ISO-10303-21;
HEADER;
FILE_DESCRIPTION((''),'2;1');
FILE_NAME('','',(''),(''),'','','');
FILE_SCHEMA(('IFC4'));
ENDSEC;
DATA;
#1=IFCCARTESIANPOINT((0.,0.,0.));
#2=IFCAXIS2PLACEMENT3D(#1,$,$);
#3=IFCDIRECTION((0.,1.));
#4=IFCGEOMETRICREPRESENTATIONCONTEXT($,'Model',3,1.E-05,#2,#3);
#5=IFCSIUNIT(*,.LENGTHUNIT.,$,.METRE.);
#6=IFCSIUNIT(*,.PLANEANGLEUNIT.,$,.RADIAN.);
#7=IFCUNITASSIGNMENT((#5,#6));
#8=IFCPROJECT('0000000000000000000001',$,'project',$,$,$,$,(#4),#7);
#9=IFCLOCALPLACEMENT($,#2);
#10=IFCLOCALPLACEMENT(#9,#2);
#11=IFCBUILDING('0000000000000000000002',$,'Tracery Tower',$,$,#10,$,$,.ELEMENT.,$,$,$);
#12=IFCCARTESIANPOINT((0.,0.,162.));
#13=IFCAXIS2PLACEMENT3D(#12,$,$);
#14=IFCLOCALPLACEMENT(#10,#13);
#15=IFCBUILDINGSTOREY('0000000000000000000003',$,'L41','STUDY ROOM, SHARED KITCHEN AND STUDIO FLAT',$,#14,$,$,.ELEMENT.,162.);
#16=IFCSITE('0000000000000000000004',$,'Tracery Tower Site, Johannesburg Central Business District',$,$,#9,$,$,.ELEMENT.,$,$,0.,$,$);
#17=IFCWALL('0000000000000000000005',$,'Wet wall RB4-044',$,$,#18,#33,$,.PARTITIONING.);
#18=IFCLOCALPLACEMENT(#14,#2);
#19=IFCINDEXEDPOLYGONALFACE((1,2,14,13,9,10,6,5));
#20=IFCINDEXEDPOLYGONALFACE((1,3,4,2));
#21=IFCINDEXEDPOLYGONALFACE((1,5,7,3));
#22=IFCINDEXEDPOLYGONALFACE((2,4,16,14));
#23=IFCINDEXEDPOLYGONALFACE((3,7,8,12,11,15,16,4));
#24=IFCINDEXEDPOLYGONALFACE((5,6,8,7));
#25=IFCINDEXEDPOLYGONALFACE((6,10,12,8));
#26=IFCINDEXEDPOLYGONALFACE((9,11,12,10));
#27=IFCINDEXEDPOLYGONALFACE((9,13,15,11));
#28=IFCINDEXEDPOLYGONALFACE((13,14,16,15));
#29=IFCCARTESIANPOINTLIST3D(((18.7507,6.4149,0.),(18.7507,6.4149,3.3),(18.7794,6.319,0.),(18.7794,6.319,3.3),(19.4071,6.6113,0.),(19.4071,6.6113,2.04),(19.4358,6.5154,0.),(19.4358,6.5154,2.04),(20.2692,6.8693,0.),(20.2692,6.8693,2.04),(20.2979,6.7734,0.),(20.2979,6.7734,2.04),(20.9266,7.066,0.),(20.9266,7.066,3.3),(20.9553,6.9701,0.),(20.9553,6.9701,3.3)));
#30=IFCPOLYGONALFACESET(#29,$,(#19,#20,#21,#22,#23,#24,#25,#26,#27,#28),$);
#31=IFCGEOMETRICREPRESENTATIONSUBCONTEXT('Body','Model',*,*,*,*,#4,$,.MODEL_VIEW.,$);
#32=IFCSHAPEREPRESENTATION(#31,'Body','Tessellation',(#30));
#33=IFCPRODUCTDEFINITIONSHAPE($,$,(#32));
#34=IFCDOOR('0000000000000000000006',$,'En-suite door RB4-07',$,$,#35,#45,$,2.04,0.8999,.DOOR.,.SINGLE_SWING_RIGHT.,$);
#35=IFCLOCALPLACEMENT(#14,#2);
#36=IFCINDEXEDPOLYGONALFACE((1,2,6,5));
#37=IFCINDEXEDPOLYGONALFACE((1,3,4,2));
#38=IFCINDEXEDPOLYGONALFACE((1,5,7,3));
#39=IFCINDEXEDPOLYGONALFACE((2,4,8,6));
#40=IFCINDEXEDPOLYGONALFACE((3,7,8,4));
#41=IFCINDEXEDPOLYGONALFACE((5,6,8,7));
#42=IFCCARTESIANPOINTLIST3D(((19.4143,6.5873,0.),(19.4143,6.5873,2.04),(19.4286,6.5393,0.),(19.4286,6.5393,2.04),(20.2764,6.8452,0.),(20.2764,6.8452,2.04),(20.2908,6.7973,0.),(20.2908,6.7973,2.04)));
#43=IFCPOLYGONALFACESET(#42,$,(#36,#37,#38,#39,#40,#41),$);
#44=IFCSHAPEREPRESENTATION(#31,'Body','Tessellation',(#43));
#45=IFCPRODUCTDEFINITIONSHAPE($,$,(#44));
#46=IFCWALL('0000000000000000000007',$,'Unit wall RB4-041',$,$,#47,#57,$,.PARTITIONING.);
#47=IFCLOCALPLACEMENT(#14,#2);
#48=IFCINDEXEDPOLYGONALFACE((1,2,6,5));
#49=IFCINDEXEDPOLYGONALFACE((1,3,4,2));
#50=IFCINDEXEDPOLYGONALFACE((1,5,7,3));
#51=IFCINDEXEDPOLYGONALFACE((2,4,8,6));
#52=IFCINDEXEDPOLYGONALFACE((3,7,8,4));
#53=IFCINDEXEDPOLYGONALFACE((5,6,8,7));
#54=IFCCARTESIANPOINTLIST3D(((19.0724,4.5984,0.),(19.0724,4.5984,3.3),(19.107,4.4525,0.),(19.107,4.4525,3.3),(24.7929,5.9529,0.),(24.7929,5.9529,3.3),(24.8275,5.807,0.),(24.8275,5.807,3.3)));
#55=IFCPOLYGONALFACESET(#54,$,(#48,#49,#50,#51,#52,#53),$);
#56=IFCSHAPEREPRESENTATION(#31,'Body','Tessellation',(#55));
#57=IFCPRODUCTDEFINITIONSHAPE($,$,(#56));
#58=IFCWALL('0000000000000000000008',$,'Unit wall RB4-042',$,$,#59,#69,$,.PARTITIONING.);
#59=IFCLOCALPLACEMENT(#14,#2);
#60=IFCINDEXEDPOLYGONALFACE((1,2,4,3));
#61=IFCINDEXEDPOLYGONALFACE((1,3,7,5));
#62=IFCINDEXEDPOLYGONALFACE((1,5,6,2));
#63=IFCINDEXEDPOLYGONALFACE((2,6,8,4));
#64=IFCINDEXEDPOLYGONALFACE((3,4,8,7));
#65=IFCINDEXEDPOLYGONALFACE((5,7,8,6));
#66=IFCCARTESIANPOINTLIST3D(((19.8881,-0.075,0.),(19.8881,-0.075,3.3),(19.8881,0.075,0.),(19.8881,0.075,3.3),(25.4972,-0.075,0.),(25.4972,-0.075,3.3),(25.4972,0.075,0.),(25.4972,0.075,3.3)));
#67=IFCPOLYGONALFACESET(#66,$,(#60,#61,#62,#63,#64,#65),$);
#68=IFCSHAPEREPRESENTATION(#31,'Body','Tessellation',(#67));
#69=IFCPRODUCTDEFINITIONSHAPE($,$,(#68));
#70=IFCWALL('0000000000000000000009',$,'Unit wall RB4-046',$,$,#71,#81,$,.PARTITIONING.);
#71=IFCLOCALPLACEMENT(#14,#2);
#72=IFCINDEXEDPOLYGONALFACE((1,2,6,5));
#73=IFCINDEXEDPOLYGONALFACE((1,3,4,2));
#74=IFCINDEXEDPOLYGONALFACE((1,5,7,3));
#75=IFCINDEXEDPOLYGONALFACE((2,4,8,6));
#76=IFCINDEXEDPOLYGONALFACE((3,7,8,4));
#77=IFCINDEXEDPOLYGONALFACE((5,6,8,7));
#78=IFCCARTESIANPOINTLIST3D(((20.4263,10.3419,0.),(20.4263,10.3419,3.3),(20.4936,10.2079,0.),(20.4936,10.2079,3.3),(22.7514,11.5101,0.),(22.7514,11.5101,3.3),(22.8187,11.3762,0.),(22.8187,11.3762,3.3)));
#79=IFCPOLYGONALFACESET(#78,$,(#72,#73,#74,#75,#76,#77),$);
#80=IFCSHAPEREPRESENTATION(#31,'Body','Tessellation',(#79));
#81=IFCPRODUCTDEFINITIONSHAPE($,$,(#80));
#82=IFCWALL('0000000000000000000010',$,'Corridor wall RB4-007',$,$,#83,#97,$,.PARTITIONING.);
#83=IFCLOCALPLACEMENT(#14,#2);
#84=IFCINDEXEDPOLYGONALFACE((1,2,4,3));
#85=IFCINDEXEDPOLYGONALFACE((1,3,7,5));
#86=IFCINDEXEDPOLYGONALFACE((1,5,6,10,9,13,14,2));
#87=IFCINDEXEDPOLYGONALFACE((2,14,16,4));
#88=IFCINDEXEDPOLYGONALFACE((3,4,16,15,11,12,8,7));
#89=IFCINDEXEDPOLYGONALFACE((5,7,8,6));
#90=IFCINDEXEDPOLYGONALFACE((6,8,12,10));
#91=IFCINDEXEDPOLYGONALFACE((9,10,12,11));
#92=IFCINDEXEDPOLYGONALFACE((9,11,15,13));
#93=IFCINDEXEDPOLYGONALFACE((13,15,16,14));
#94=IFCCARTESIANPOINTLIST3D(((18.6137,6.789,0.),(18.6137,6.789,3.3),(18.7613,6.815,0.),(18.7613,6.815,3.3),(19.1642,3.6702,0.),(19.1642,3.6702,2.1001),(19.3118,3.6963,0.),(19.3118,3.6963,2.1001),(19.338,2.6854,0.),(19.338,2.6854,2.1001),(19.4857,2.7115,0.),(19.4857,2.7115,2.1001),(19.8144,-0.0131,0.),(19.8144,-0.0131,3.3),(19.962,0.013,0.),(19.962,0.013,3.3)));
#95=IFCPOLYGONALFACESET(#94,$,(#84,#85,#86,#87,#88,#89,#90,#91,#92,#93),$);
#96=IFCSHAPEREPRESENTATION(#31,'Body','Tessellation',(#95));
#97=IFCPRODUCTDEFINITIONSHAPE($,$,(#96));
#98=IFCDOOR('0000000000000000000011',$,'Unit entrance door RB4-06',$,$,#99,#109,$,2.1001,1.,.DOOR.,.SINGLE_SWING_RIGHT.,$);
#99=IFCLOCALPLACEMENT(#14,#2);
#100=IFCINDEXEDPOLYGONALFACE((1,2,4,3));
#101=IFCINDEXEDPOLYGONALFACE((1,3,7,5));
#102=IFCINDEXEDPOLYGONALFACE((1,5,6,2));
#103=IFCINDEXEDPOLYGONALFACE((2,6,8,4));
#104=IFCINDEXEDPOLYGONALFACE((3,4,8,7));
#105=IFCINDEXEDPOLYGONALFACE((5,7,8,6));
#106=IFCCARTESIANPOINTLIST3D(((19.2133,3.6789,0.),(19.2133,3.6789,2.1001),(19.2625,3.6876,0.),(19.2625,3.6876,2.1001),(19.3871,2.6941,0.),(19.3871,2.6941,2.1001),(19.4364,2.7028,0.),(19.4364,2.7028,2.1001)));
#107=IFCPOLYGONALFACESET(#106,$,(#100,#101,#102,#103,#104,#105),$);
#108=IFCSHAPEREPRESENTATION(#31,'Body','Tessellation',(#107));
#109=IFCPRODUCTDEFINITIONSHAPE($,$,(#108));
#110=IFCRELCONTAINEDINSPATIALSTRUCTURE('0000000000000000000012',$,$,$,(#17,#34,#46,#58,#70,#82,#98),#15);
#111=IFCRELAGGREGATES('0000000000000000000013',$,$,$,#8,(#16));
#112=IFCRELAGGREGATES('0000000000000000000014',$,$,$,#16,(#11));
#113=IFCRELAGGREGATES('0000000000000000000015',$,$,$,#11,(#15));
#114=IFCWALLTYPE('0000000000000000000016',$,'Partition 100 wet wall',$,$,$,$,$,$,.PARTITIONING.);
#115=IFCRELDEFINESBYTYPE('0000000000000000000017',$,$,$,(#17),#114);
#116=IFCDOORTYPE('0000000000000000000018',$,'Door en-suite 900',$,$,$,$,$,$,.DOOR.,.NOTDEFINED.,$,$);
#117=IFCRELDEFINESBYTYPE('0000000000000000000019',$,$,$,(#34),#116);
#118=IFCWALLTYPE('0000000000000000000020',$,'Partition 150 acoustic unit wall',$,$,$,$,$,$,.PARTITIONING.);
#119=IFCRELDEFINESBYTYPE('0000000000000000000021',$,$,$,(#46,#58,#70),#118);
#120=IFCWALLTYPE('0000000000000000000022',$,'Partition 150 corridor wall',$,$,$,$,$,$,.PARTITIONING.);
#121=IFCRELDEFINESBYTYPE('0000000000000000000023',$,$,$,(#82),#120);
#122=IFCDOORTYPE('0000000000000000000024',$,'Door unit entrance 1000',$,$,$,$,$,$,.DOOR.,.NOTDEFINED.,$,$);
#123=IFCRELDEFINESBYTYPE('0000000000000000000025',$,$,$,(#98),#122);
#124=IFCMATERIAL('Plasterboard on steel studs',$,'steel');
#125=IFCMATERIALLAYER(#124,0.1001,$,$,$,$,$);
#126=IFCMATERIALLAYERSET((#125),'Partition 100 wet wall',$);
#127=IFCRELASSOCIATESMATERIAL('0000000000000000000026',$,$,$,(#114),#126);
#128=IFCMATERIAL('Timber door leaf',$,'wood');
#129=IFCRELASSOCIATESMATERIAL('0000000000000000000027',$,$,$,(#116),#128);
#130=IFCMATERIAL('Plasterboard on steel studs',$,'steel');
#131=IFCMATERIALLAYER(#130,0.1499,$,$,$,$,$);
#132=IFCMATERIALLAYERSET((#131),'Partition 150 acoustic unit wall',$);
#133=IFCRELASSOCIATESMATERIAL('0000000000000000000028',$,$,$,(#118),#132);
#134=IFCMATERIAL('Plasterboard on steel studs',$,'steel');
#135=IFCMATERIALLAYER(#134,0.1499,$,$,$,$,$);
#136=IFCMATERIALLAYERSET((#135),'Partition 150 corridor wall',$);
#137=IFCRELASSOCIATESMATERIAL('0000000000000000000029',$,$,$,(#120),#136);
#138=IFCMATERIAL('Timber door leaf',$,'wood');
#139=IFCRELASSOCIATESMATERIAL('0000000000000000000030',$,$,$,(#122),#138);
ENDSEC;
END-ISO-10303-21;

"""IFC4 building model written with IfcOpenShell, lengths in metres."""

from ifc_helpers import new_model, si_unit, direction, frame, frame_2d, origin, place, context, subcontext, project, spatial, rectangle, extrude, material, layer, layer_set, type_object, element, fill, save


model = new_model("IFC4")

# Units and contexts
model_context = context("Model", 3, precision=1e-05, world=origin(), true_north=direction((0.0, 1.0)))
body_context = subcontext(model_context, "Body", "Model", "MODEL_VIEW")
ifc_project = project(units=[si_unit("LENGTHUNIT", "METRE"), si_unit("PLANEANGLEUNIT", "RADIAN")], contexts=[model_context])

# Site, building, storey
site_placement = place(None, origin())
site = spatial("IfcSite", under=ifc_project, at=site_placement, Name="Tracery Tower Site, Johannesburg Central Business District", CompositionType="ELEMENT", RefElevation=0.0)
building_placement = place(site_placement, origin())
building = spatial("IfcBuilding", under=site, at=building_placement, Name="Tracery Tower", CompositionType="ELEMENT")
storey_placement = place(building_placement, frame((0.0, 0.0, 162.0)))
storey = spatial("IfcBuildingStorey", under=building, at=storey_placement, Name="L41", Description="STUDY ROOM, SHARED KITCHEN AND STUDIO FLAT", CompositionType="ELEMENT", Elevation=162.0)

# Shared definitions
ifc_material_1 = material(Name="Plasterboard on steel studs", Category="steel")
ifc_layer_1 = layer(ifc_material_1, 0.1001)
ifc_layer_set_1 = layer_set([ifc_layer_1], Name="Partition 100 wet wall")
wall_type_1 = type_object("IfcWallType", Name="Partition 100 wet wall", PredefinedType="PARTITIONING", material=ifc_layer_set_1)

# Shared definitions
ifc_material_2 = material(Name="Timber door leaf", Category="wood")
door_type_1 = type_object("IfcDoorType", Name="Door en-suite 900", OperationType="NOTDEFINED", PredefinedType="DOOR", material=ifc_material_2)

# Wall, opening, door
wall_1_placement = place(storey_placement, frame((18.7649, 6.3669, 0.0), z_axis=(0.0, 0.0, 1.0), x_axis=(0.95803, 0.286667, 0.0)))
wall_1 = element("IfcWall", 1, at=wall_1_placement, inside=storey, type_object=wall_type_1, Name="Wet wall RB4-044", PredefinedType="PARTITIONING", context=body_context, shape_type="SweptSolid", body=[
    extrude(rectangle(XDim=2.2712, YDim=0.1001, at=frame_2d((1.1357, 0.0))), origin(), (0.0, 0.0, 1.0), 3.3),
])
opening_1_placement = place(wall_1_placement, frame((0.6853, 0.0, 0.0)))
opening_1 = element("IfcOpeningElement", 2, at=opening_1_placement, cuts=wall_1, PredefinedType="OPENING", context=body_context, shape_type="SweptSolid", body=[
    extrude(rectangle(XDim=0.8999, YDim=2.04, at=frame_2d((0.45, 1.02))), frame((0.0, 0.05, 0.0), z_axis=(0.0, -1.0, 0.0), x_axis=(1.0, 0.0, 0.0)), (0.0, 0.0, 1.0), 0.1001),
])
door_1_placement = place(opening_1_placement, origin())
door_1 = element("IfcDoor", 3, at=door_1_placement, inside=storey, type_object=door_type_1, Name="En-suite door RB4-07", OperationType="SINGLE_SWING_RIGHT", OverallHeight=2.04, OverallWidth=0.8999, PredefinedType="DOOR", context=body_context, shape_type="SweptSolid", body=[
    extrude(rectangle(XDim=0.8999, YDim=2.04, at=frame_2d((0.45, 1.02))), frame((0.0, 0.0249, 0.0), z_axis=(0.0, -1.0, 0.0), x_axis=(1.0, 0.0, 0.0)), (0.0, 0.0, 1.0), 0.05),
])
fill(opening_1, door_1)

# Walls
ifc_material_3 = material(Name="Plasterboard on steel studs", Category="steel")
ifc_layer_2 = layer(ifc_material_3, 0.1499)
ifc_layer_set_2 = layer_set([ifc_layer_2], Name="Partition 150 acoustic unit wall")
wall_type_2 = type_object("IfcWallType", Name="Partition 150 acoustic unit wall", PredefinedType="PARTITIONING", material=ifc_layer_set_2)
wall_2_placement = place(storey_placement, frame((19.0896, 4.5254, 0.0), z_axis=(0.0, 0.0, 1.0), x_axis=(0.973094, 0.230409, 0.0)))
element("IfcWall", 4, at=wall_2_placement, inside=storey, type_object=wall_type_2, Name="Unit wall RB4-041", PredefinedType="PARTITIONING", context=body_context, shape_type="SweptSolid", body=[
    extrude(rectangle(XDim=5.8787, YDim=0.1499, at=frame_2d((2.9395, 0.0))), origin(), (0.0, 0.0, 1.0), 3.3),
])
wall_3_placement = place(storey_placement, frame((19.8879, 0.0, 0.0), z_axis=(0.0, 0.0, 1.0), x_axis=(1.0, 0.0, 0.0)))
element("IfcWall", 5, at=wall_3_placement, inside=storey, type_object=wall_type_2, Name="Unit wall RB4-042", PredefinedType="PARTITIONING", context=body_context, shape_type="SweptSolid", body=[
    extrude(rectangle(XDim=5.6091, YDim=0.1499, at=frame_2d((2.8047, 0.0))), origin(), (0.0, 0.0, 1.0), 3.3),
])
wall_4_placement = place(storey_placement, frame((20.46, 10.2749, 0.0), z_axis=(0.0, 0.0, 1.0), x_axis=(0.893543, 0.448977, 0.0)))
element("IfcWall", 6, at=wall_4_placement, inside=storey, type_object=wall_type_2, Name="Unit wall RB4-046", PredefinedType="PARTITIONING", context=body_context, shape_type="SweptSolid", body=[
    extrude(rectangle(XDim=2.6021, YDim=0.1499, at=frame_2d((1.301, 0.0))), origin(), (0.0, 0.0, 1.0), 3.3),
])

# Wall, opening, door
ifc_material_4 = material(Name="Plasterboard on steel studs", Category="steel")
ifc_layer_3 = layer(ifc_material_4, 0.1499)
ifc_layer_set_3 = layer_set([ifc_layer_3], Name="Partition 150 corridor wall")
wall_type_3 = type_object("IfcWallType", Name="Partition 150 corridor wall", PredefinedType="PARTITIONING", material=ifc_layer_set_3)
wall_5_placement = place(storey_placement, frame((18.6875, 6.802, 0.0), z_axis=(0.0, 0.0, 1.0), x_axis=(0.173832, -0.984775, 0.0)))
wall_5 = element("IfcWall", 7, at=wall_5_placement, inside=storey, type_object=wall_type_3, Name="Corridor wall RB4-007", PredefinedType="PARTITIONING", context=body_context, shape_type="SweptSolid", body=[
    extrude(rectangle(XDim=6.9072, YDim=0.1499, at=frame_2d((3.4536, 0.0))), origin(), (0.0, 0.0, 1.0), 3.3),
])
opening_2_placement = place(wall_5_placement, frame((3.167, 0.0, 0.0)))
opening_2 = element("IfcOpeningElement", 8, at=opening_2_placement, cuts=wall_5, PredefinedType="OPENING", context=body_context, shape_type="SweptSolid", body=[
    extrude(rectangle(XDim=1.0, YDim=2.1001, at=frame_2d((0.5, 1.05))), frame((0.0, 0.075, 0.0), z_axis=(0.0, -1.0, 0.0), x_axis=(1.0, 0.0, 0.0)), (0.0, 0.0, 1.0), 0.1499),
])
ifc_material_5 = material(Name="Timber door leaf", Category="wood")
door_type_2 = type_object("IfcDoorType", Name="Door unit entrance 1000", OperationType="NOTDEFINED", PredefinedType="DOOR", material=ifc_material_5)
door_2_placement = place(opening_2_placement, origin())
door_2 = element("IfcDoor", 9, at=door_2_placement, inside=storey, type_object=door_type_2, Name="Unit entrance door RB4-06", OperationType="SINGLE_SWING_RIGHT", OverallHeight=2.1001, OverallWidth=1.0, PredefinedType="DOOR", context=body_context, shape_type="SweptSolid", body=[
    extrude(rectangle(XDim=1.0, YDim=2.1001, at=frame_2d((0.5, 1.05))), frame((0.0, 0.0249, 0.0), z_axis=(0.0, -1.0, 0.0), x_axis=(1.0, 0.0, 0.0)), (0.0, 0.0, 1.0), 0.05),
])
fill(opening_2, door_2)

save(model, "model.ifc")
